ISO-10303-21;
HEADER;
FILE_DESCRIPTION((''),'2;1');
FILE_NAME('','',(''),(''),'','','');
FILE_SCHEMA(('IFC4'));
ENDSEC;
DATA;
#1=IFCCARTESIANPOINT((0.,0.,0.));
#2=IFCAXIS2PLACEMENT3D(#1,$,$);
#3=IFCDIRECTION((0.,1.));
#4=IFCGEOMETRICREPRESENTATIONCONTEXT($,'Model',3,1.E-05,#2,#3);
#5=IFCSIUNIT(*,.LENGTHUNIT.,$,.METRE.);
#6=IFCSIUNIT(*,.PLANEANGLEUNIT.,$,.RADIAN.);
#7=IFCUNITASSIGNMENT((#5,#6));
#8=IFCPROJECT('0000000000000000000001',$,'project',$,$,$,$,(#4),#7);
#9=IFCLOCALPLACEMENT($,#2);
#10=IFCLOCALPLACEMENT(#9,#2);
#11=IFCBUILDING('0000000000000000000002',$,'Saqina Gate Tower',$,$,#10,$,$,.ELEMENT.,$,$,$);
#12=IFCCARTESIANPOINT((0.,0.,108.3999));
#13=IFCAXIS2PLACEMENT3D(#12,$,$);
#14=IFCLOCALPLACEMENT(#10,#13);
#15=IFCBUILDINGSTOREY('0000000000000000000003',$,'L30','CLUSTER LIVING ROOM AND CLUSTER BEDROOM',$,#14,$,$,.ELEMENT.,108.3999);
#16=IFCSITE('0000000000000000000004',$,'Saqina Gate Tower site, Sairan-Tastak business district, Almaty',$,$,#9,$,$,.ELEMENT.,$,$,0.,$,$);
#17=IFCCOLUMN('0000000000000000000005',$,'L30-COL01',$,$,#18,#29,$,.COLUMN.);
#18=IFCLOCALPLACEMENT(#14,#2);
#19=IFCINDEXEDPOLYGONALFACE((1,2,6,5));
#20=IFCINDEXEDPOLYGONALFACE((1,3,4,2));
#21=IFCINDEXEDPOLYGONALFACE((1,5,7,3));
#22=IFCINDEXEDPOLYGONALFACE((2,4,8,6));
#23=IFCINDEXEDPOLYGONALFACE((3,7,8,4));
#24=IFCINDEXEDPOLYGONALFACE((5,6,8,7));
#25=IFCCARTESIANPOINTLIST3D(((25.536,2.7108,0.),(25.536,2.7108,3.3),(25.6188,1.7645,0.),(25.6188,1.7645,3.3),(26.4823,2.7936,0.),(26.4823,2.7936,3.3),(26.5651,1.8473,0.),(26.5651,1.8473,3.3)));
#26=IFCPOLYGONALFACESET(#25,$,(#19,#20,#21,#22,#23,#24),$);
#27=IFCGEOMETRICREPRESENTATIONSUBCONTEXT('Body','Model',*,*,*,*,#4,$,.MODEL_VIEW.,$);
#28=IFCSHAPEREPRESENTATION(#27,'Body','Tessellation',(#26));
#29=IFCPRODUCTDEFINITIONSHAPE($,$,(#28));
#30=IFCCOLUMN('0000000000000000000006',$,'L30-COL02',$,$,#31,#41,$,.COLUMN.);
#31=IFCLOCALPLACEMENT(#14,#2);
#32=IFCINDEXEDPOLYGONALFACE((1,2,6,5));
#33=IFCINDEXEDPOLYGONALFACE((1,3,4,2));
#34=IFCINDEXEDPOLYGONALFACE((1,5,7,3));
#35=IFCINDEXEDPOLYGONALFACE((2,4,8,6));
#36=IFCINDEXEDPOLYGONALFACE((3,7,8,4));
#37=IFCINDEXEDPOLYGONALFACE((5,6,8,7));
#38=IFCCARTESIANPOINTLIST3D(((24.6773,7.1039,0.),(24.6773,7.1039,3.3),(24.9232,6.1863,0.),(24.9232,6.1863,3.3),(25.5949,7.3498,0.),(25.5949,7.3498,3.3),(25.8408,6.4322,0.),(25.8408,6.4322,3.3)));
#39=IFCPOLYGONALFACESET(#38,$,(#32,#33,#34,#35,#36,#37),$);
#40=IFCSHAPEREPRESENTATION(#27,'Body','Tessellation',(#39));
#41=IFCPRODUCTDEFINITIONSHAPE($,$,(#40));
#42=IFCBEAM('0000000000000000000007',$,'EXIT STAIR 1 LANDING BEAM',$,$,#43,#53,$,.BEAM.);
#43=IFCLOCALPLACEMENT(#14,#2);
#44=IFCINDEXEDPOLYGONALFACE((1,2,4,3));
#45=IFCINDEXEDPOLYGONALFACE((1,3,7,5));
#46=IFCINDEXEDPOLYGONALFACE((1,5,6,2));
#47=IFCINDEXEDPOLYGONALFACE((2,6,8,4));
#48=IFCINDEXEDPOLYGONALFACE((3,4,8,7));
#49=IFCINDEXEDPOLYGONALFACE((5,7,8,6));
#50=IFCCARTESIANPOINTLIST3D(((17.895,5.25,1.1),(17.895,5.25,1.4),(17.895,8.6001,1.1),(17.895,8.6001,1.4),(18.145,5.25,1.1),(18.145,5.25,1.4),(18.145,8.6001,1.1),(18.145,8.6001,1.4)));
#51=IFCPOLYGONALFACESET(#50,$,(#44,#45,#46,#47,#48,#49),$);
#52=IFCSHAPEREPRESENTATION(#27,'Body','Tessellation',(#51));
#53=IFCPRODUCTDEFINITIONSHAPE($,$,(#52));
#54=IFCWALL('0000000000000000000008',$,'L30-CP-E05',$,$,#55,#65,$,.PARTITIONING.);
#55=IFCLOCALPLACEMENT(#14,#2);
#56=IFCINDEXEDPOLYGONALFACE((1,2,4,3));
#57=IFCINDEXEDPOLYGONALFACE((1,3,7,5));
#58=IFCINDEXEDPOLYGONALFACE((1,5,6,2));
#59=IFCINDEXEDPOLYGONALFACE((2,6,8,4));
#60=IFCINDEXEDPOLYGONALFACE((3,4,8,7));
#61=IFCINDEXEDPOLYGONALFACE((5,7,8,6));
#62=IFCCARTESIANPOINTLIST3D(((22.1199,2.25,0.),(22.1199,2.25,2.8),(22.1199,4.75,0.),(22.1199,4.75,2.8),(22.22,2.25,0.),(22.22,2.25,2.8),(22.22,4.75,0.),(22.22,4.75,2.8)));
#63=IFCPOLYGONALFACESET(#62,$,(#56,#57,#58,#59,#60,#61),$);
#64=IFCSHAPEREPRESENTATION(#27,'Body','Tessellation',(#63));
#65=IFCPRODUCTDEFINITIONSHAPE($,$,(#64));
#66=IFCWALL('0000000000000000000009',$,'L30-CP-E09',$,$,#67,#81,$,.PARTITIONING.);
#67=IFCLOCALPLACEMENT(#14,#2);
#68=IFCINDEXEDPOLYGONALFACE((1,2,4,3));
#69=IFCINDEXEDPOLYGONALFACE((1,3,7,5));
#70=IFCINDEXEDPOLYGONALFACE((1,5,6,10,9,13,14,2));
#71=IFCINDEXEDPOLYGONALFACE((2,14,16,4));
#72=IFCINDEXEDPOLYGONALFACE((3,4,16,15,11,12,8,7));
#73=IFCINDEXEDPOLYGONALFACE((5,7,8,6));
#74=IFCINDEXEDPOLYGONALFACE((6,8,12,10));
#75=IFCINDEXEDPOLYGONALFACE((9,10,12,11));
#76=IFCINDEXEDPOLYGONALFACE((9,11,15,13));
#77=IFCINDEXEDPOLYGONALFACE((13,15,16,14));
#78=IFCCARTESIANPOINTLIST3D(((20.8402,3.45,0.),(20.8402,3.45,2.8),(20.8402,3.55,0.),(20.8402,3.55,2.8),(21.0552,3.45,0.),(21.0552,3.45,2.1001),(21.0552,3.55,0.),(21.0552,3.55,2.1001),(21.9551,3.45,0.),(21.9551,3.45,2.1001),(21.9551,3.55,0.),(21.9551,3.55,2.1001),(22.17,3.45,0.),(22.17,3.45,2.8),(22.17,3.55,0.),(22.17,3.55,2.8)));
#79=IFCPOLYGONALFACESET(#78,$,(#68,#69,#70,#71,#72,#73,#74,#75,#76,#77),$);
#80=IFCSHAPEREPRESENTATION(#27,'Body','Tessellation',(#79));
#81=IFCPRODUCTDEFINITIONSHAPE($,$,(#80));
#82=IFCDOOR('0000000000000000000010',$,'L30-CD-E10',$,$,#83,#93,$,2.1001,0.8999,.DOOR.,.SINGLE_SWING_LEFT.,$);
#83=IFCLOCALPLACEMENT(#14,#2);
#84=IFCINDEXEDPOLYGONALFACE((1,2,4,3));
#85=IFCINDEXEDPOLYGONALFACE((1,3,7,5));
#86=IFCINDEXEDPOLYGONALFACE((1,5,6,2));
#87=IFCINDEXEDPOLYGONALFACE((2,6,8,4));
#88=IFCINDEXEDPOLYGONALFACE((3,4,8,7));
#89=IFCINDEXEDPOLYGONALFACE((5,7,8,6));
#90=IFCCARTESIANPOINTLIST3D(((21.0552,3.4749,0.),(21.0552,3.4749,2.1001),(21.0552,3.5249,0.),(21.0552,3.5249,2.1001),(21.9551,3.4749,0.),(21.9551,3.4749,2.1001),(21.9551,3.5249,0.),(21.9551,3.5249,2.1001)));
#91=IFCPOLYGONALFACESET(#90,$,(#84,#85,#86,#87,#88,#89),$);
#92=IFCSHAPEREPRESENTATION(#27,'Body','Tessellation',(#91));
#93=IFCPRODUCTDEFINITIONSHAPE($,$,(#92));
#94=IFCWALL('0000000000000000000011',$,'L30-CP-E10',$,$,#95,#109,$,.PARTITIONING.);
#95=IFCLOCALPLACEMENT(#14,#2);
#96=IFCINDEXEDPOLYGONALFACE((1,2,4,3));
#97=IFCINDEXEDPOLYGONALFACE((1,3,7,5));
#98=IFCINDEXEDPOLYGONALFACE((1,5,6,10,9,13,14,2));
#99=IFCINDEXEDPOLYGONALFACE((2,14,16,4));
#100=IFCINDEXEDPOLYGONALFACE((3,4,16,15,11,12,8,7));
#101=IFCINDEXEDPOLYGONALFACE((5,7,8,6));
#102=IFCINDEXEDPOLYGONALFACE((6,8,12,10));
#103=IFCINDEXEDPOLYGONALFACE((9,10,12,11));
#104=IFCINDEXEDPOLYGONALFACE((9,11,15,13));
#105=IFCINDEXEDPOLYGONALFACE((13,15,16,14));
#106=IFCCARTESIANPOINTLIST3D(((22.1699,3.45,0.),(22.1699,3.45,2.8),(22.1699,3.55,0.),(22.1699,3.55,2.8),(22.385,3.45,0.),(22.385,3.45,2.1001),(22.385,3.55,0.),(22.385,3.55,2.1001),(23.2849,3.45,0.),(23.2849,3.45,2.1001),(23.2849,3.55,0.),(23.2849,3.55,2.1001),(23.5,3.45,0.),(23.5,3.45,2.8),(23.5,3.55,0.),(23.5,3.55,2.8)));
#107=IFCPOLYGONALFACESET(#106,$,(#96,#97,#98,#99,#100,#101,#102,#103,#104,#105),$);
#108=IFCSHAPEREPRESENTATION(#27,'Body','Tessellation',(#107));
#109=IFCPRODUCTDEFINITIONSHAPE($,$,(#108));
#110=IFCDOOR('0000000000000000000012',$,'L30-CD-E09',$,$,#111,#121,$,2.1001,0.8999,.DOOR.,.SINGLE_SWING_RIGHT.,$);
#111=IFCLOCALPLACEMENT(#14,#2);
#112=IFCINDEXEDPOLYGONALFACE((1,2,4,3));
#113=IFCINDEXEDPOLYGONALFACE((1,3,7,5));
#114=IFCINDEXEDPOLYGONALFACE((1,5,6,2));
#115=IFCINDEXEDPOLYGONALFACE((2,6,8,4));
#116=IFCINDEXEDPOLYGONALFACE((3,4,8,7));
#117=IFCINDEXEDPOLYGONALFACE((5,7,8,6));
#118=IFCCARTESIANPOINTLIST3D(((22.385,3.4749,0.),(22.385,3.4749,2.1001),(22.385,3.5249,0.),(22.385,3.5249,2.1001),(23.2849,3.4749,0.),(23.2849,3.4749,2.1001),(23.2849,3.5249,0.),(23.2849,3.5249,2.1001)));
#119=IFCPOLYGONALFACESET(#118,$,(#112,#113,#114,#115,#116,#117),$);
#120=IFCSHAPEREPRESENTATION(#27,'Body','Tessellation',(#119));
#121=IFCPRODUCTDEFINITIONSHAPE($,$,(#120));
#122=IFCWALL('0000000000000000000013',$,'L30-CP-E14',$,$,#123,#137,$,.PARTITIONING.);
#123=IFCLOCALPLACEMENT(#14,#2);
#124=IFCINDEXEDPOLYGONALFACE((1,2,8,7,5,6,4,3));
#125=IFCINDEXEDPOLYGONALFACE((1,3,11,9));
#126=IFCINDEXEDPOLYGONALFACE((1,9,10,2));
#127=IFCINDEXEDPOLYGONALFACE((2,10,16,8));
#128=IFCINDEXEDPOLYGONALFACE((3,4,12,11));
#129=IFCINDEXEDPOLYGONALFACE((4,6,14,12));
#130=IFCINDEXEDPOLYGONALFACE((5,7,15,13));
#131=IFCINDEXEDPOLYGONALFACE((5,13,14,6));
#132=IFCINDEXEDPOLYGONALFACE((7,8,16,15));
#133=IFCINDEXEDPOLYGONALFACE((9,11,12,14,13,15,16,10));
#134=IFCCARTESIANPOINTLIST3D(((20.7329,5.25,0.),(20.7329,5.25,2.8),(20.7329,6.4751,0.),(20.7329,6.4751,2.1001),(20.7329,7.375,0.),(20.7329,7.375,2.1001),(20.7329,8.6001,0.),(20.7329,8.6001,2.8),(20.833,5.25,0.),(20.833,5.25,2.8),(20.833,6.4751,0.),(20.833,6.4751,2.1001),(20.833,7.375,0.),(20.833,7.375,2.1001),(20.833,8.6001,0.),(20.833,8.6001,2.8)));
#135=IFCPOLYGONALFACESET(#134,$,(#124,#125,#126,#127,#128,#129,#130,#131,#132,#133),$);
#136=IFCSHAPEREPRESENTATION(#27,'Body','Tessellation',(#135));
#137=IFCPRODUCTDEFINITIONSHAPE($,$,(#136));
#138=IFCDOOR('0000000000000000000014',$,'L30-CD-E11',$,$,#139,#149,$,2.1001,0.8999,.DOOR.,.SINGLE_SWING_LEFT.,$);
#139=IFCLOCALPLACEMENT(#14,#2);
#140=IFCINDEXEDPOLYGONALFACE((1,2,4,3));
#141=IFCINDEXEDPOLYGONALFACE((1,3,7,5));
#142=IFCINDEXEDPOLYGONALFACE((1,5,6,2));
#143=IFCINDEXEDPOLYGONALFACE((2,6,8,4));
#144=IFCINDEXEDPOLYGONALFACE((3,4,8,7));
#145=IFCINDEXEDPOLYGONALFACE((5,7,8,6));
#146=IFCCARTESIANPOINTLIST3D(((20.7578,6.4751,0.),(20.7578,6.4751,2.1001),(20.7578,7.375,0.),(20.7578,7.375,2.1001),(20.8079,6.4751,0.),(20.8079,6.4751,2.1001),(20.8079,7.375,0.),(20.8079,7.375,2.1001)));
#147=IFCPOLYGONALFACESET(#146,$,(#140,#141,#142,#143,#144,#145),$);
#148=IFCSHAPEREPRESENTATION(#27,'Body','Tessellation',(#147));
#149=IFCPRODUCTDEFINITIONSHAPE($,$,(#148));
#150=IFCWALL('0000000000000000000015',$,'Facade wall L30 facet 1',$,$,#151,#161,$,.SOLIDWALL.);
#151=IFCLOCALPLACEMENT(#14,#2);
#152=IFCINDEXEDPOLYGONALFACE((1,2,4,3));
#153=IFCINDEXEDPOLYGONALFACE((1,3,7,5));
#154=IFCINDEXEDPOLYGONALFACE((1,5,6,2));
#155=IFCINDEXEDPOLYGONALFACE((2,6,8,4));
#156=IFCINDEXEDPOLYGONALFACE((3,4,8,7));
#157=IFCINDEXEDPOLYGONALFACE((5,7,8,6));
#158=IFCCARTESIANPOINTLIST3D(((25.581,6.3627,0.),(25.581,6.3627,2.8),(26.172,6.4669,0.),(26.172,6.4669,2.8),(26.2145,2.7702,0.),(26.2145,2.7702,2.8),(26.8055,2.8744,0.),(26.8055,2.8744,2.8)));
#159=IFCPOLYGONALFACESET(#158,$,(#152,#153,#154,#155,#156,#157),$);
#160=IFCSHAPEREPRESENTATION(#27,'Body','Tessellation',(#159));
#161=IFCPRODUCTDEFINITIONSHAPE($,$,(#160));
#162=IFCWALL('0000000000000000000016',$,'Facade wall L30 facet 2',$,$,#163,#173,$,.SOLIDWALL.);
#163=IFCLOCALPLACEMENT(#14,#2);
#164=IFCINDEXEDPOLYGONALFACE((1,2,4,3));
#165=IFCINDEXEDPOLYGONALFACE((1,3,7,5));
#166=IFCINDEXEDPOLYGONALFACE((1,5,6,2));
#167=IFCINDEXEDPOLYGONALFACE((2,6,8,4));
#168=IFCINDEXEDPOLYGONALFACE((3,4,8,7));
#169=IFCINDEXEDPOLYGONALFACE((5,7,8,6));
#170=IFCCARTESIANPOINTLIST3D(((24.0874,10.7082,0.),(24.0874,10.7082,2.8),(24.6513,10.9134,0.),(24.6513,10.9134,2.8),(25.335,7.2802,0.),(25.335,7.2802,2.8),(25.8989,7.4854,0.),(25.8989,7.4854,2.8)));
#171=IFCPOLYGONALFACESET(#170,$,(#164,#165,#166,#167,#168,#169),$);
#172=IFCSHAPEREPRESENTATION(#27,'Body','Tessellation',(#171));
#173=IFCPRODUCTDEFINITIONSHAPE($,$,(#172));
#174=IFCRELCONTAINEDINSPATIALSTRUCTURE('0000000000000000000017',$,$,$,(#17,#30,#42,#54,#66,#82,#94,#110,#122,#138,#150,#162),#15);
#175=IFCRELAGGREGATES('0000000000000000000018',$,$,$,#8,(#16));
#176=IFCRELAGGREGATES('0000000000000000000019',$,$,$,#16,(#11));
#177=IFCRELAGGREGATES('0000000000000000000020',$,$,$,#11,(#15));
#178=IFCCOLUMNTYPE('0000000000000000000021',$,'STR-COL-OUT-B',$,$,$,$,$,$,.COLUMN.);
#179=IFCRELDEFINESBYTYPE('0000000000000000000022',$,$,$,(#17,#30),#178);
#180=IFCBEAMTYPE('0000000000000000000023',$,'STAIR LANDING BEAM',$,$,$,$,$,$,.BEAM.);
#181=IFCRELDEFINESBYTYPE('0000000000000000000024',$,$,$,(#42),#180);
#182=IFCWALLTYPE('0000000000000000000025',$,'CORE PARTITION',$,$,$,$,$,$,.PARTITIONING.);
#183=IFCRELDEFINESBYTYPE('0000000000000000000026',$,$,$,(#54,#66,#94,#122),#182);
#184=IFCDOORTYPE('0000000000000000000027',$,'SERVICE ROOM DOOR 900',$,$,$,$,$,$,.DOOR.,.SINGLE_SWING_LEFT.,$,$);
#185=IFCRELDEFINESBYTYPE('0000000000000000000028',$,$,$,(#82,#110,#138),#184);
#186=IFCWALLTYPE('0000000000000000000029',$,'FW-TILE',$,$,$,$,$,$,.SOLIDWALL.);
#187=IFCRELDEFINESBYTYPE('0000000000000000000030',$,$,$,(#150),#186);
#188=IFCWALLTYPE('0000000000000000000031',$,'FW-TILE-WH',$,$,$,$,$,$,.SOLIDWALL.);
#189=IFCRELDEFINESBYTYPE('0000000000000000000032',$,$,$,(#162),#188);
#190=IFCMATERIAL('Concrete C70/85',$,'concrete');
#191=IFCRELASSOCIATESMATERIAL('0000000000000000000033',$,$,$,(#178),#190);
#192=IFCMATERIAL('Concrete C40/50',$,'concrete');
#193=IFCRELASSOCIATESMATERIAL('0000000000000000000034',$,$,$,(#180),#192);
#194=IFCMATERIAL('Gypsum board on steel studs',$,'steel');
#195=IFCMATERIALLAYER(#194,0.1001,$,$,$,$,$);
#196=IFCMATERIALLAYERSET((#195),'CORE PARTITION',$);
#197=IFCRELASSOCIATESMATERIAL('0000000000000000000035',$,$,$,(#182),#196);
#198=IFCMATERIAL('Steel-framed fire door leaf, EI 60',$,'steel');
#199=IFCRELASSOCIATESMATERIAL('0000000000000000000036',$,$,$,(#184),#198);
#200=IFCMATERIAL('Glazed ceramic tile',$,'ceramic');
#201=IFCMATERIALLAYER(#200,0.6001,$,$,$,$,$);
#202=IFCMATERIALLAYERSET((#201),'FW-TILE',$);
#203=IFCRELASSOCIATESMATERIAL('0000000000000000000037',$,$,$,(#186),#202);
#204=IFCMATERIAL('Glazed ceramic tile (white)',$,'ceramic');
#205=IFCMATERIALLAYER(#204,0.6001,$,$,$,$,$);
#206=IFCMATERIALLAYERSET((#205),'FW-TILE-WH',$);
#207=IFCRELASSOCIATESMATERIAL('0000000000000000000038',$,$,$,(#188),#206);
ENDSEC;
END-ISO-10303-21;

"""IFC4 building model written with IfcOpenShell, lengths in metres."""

from ifc_helpers import new_model, si_unit, direction, frame, frame_2d, origin, origin_2d, place, context, subcontext, project, spatial, rectangle, extrude, material, layer, layer_set, material_profile, profile_set, type_object, element, fill, save


model = new_model("IFC4")

# Units and contexts
model_context = context("Model", 3, precision=1e-05, world=origin(), true_north=direction((0.0, 1.0)))
body_context = subcontext(model_context, "Body", "Model", "MODEL_VIEW")
ifc_project = project(units=[si_unit("LENGTHUNIT", "METRE"), si_unit("PLANEANGLEUNIT", "RADIAN")], contexts=[model_context])

# Site, building, storey
site_placement = place(None, origin())
site = spatial("IfcSite", under=ifc_project, at=site_placement, Name="Saqina Gate Tower site, Sairan-Tastak business district, Almaty", CompositionType="ELEMENT", RefElevation=0.0)
building_placement = place(site_placement, origin())
building = spatial("IfcBuilding", under=site, at=building_placement, Name="Saqina Gate Tower", CompositionType="ELEMENT")
storey_placement = place(building_placement, frame((0.0, 0.0, 108.3999)))
storey = spatial("IfcBuildingStorey", under=building, at=storey_placement, Name="L30", Description="CLUSTER LIVING ROOM AND CLUSTER BEDROOM", CompositionType="ELEMENT", Elevation=108.3999)

# Columns
ifc_material_1 = material(Name="Concrete C70/85", Category="concrete")
ifc_material_profile_1 = material_profile(ifc_material_1, rectangle(XDim=0.95, YDim=0.95, at=origin_2d()), Name="RC 950x950")
ifc_profile_set_1 = profile_set([ifc_material_profile_1], Name="Concrete C70/85")
column_type = type_object("IfcColumnType", Name="STR-COL-OUT-B", PredefinedType="COLUMN", material=ifc_profile_set_1)
for number, where, z_axis, x_axis, name in (
    (1, (26.0505, 2.2791, 0.0), (0.0, 0.0, 1.0), (0.996195, 0.087156, 0.0), "L30-COL01"),
    (2, (25.259, 6.7681, 0.0), (0.0, 0.0, 1.0), (0.965926, 0.258819, 0.0), "L30-COL02"),
):
    element("IfcColumn", number, at=place(storey_placement, frame(where, z_axis=z_axis, x_axis=x_axis)), inside=storey, type_object=column_type, Name=name, PredefinedType="COLUMN", context=body_context, shape_type="SweptSolid", body=[
        extrude(rectangle(XDim=0.95, YDim=0.95, at=origin_2d()), origin(), (0.0, 0.0, 1.0), 3.3),
    ])

# Beam
ifc_material_2 = material(Name="Concrete C40/50", Category="concrete")
ifc_material_profile_2 = material_profile(ifc_material_2, rectangle(XDim=0.25, YDim=0.3, at=origin_2d()), Name="STAIR LANDING BEAM")
ifc_profile_set_2 = profile_set([ifc_material_profile_2], Name="Concrete C40/50")
beam_type = type_object("IfcBeamType", Name="STAIR LANDING BEAM", PredefinedType="BEAM", material=ifc_profile_set_2)
beam_placement = place(storey_placement, frame((18.02, 5.25, 1.25), z_axis=(0.0, 1.0, 0.0), x_axis=(-1.0, 0.0, 0.0)))
element("IfcBeam", 3, at=beam_placement, inside=storey, type_object=beam_type, Name="EXIT STAIR 1 LANDING BEAM", PredefinedType="BEAM", context=body_context, shape_type="SweptSolid", body=[
    extrude(rectangle(XDim=0.25, YDim=0.3, at=origin_2d()), origin(), (0.0, 0.0, 1.0), 3.3501),
])

# Wall
ifc_material_3 = material(Name="Gypsum board on steel studs", Category="steel")
ifc_layer_1 = layer(ifc_material_3, 0.1001)
ifc_layer_set_1 = layer_set([ifc_layer_1], Name="CORE PARTITION")
wall_type_1 = type_object("IfcWallType", Name="CORE PARTITION", PredefinedType="PARTITIONING", material=ifc_layer_set_1)
wall_1_placement = place(storey_placement, frame((22.1699, 2.25, 0.0), z_axis=(0.0, 0.0, 1.0), x_axis=(0.0, 1.0, 0.0)))
element("IfcWall", 4, at=wall_1_placement, inside=storey, type_object=wall_type_1, Name="L30-CP-E05", PredefinedType="PARTITIONING", context=body_context, shape_type="SweptSolid", body=[
    extrude(rectangle(XDim=2.5, YDim=0.1001, at=frame_2d((1.25, 0.0))), origin(), (0.0, 0.0, 1.0), 2.8),
])

# Walls, openings, doors
wall_2_placement = place(storey_placement, frame((20.8401, 3.5, 0.0), z_axis=(0.0, 0.0, 1.0), x_axis=(1.0, 0.0, 0.0)))
wall_2 = element("IfcWall", 5, at=wall_2_placement, inside=storey, type_object=wall_type_1, Name="L30-CP-E09", PredefinedType="PARTITIONING", context=body_context, shape_type="SweptSolid", body=[
    extrude(rectangle(XDim=1.3298, YDim=0.1001, at=frame_2d((0.665, 0.0))), origin(), (0.0, 0.0, 1.0), 2.8),
])
opening_1_placement = place(wall_2_placement, frame((0.2151, 0.0, 0.0)))
opening_1 = element("IfcOpeningElement", 6, at=opening_1_placement, cuts=wall_2, PredefinedType="OPENING", context=body_context, shape_type="SweptSolid", body=[
    extrude(rectangle(XDim=0.8999, YDim=2.1001, at=frame_2d((0.45, 1.05))), frame((0.0, 0.062, 0.0), z_axis=(0.0, -1.0, 0.0), x_axis=(1.0, 0.0, 0.0)), (0.0, 0.0, 1.0), 0.124),
])
ifc_material_4 = material(Name="Steel-framed fire door leaf, EI 60", Category="steel")
door_type = type_object("IfcDoorType", Name="SERVICE ROOM DOOR 900", OperationType="SINGLE_SWING_LEFT", PredefinedType="DOOR", material=ifc_material_4)
door_1_placement = place(opening_1_placement, origin())
door_1 = element("IfcDoor", 7, at=door_1_placement, inside=storey, type_object=door_type, Name="L30-CD-E10", OperationType="SINGLE_SWING_LEFT", OverallHeight=2.1001, OverallWidth=0.8999, PredefinedType="DOOR", context=body_context, shape_type="SweptSolid", body=[
    extrude(rectangle(XDim=0.8999, YDim=2.1001, at=frame_2d((0.45, 1.05))), frame((0.0, 0.0249, 0.0), z_axis=(0.0, -1.0, 0.0), x_axis=(1.0, 0.0, 0.0)), (0.0, 0.0, 1.0), 0.05),
])
fill(opening_1, door_1)
wall_3_placement = place(storey_placement, frame((22.1699, 3.5, 0.0), z_axis=(0.0, 0.0, 1.0), x_axis=(1.0, 0.0, 0.0)))
wall_3 = element("IfcWall", 8, at=wall_3_placement, inside=storey, type_object=wall_type_1, Name="L30-CP-E10", PredefinedType="PARTITIONING", context=body_context, shape_type="SweptSolid", body=[
    extrude(rectangle(XDim=1.3301, YDim=0.1001, at=frame_2d((0.665, 0.0))), origin(), (0.0, 0.0, 1.0), 2.8),
])
opening_2_placement = place(wall_3_placement, frame((0.2151, 0.0, 0.0)))
opening_2 = element("IfcOpeningElement", 9, at=opening_2_placement, cuts=wall_3, PredefinedType="OPENING", context=body_context, shape_type="SweptSolid", body=[
    extrude(rectangle(XDim=0.8999, YDim=2.1001, at=frame_2d((0.45, 1.05))), frame((0.0, 0.062, 0.0), z_axis=(0.0, -1.0, 0.0), x_axis=(1.0, 0.0, 0.0)), (0.0, 0.0, 1.0), 0.124),
])
door_2_placement = place(opening_2_placement, origin())
door_2 = element("IfcDoor", 10, at=door_2_placement, inside=storey, type_object=door_type, Name="L30-CD-E09", OperationType="SINGLE_SWING_RIGHT", OverallHeight=2.1001, OverallWidth=0.8999, PredefinedType="DOOR", context=body_context, shape_type="SweptSolid", body=[
    extrude(rectangle(XDim=0.8999, YDim=2.1001, at=frame_2d((0.45, 1.05))), frame((0.0, 0.0249, 0.0), z_axis=(0.0, -1.0, 0.0), x_axis=(1.0, 0.0, 0.0)), (0.0, 0.0, 1.0), 0.05),
])
fill(opening_2, door_2)
wall_4_placement = place(storey_placement, frame((20.783, 5.25, 0.0), z_axis=(0.0, 0.0, 1.0), x_axis=(0.0, 1.0, 0.0)))
wall_4 = element("IfcWall", 11, at=wall_4_placement, inside=storey, type_object=wall_type_1, Name="L30-CP-E14", PredefinedType="PARTITIONING", context=body_context, shape_type="SweptSolid", body=[
    extrude(rectangle(XDim=3.3501, YDim=0.1001, at=frame_2d((1.675, 0.0))), origin(), (0.0, 0.0, 1.0), 2.8),
])
opening_3_placement = place(wall_4_placement, frame((1.2251, 0.0, 0.0)))
opening_3 = element("IfcOpeningElement", 12, at=opening_3_placement, cuts=wall_4, PredefinedType="OPENING", context=body_context, shape_type="SweptSolid", body=[
    extrude(rectangle(XDim=0.8999, YDim=2.1001, at=frame_2d((0.45, 1.05))), frame((0.0, 0.062, 0.0), z_axis=(0.0, -1.0, 0.0), x_axis=(1.0, 0.0, 0.0)), (0.0, 0.0, 1.0), 0.124),
])
door_3_placement = place(opening_3_placement, frame((0.8999, 0.0, 0.0), z_axis=(0.0, 0.0, 1.0), x_axis=(-1.0, 0.0, 0.0)))
door_3 = element("IfcDoor", 13, at=door_3_placement, inside=storey, type_object=door_type, Name="L30-CD-E11", OperationType="SINGLE_SWING_LEFT", OverallHeight=2.1001, OverallWidth=0.8999, PredefinedType="DOOR", context=body_context, shape_type="SweptSolid", body=[
    extrude(rectangle(XDim=0.8999, YDim=2.1001, at=frame_2d((0.45, 1.05))), frame((0.0, 0.0249, 0.0), z_axis=(0.0, -1.0, 0.0), x_axis=(1.0, 0.0, 0.0)), (0.0, 0.0, 1.0), 0.05),
])
fill(opening_3, door_3)

# Walls
ifc_material_5 = material(Name="Glazed ceramic tile", Category="ceramic")
ifc_layer_2 = layer(ifc_material_5, 0.6001)
ifc_layer_set_2 = layer_set([ifc_layer_2], Name="FW-TILE")
wall_type_2 = type_object("IfcWallType", Name="FW-TILE", PredefinedType="SOLIDWALL", material=ifc_layer_set_2)
wall_5_placement = place(storey_placement, frame((26.51, 2.8223, 0.0), z_axis=(0.0, 0.0, 1.0), x_axis=(-0.173671, 0.984804, 0.0)))
element("IfcWall", 14, at=wall_5_placement, inside=storey, type_object=wall_type_2, Name="Facade wall L30 facet 1", PredefinedType="SOLIDWALL", context=body_context, shape_type="SweptSolid", body=[
    extrude(rectangle(XDim=3.6479, YDim=0.6001, at=frame_2d((1.824, 0.0))), origin(), (0.0, 0.0, 1.0), 2.8),
])
ifc_material_6 = material(Name="Glazed ceramic tile (white)", Category="ceramic")
ifc_layer_3 = layer(ifc_material_6, 0.6001)
ifc_layer_set_3 = layer_set([ifc_layer_3], Name="FW-TILE-WH")
wall_type_3 = type_object("IfcWallType", Name="FW-TILE-WH", PredefinedType="SOLIDWALL", material=ifc_layer_set_3)
wall_6_placement = place(storey_placement, frame((25.6169, 7.3828, 0.0), z_axis=(0.0, 0.0, 1.0), x_axis=(-0.34199, 0.939704, 0.0)))
element("IfcWall", 15, at=wall_6_placement, inside=storey, type_object=wall_type_3, Name="Facade wall L30 facet 2", PredefinedType="SOLIDWALL", context=body_context, shape_type="SweptSolid", body=[
    extrude(rectangle(XDim=3.6479, YDim=0.6001, at=frame_2d((1.824, 0.0))), origin(), (0.0, 0.0, 1.0), 2.8),
])

save(model, "model.ifc")
